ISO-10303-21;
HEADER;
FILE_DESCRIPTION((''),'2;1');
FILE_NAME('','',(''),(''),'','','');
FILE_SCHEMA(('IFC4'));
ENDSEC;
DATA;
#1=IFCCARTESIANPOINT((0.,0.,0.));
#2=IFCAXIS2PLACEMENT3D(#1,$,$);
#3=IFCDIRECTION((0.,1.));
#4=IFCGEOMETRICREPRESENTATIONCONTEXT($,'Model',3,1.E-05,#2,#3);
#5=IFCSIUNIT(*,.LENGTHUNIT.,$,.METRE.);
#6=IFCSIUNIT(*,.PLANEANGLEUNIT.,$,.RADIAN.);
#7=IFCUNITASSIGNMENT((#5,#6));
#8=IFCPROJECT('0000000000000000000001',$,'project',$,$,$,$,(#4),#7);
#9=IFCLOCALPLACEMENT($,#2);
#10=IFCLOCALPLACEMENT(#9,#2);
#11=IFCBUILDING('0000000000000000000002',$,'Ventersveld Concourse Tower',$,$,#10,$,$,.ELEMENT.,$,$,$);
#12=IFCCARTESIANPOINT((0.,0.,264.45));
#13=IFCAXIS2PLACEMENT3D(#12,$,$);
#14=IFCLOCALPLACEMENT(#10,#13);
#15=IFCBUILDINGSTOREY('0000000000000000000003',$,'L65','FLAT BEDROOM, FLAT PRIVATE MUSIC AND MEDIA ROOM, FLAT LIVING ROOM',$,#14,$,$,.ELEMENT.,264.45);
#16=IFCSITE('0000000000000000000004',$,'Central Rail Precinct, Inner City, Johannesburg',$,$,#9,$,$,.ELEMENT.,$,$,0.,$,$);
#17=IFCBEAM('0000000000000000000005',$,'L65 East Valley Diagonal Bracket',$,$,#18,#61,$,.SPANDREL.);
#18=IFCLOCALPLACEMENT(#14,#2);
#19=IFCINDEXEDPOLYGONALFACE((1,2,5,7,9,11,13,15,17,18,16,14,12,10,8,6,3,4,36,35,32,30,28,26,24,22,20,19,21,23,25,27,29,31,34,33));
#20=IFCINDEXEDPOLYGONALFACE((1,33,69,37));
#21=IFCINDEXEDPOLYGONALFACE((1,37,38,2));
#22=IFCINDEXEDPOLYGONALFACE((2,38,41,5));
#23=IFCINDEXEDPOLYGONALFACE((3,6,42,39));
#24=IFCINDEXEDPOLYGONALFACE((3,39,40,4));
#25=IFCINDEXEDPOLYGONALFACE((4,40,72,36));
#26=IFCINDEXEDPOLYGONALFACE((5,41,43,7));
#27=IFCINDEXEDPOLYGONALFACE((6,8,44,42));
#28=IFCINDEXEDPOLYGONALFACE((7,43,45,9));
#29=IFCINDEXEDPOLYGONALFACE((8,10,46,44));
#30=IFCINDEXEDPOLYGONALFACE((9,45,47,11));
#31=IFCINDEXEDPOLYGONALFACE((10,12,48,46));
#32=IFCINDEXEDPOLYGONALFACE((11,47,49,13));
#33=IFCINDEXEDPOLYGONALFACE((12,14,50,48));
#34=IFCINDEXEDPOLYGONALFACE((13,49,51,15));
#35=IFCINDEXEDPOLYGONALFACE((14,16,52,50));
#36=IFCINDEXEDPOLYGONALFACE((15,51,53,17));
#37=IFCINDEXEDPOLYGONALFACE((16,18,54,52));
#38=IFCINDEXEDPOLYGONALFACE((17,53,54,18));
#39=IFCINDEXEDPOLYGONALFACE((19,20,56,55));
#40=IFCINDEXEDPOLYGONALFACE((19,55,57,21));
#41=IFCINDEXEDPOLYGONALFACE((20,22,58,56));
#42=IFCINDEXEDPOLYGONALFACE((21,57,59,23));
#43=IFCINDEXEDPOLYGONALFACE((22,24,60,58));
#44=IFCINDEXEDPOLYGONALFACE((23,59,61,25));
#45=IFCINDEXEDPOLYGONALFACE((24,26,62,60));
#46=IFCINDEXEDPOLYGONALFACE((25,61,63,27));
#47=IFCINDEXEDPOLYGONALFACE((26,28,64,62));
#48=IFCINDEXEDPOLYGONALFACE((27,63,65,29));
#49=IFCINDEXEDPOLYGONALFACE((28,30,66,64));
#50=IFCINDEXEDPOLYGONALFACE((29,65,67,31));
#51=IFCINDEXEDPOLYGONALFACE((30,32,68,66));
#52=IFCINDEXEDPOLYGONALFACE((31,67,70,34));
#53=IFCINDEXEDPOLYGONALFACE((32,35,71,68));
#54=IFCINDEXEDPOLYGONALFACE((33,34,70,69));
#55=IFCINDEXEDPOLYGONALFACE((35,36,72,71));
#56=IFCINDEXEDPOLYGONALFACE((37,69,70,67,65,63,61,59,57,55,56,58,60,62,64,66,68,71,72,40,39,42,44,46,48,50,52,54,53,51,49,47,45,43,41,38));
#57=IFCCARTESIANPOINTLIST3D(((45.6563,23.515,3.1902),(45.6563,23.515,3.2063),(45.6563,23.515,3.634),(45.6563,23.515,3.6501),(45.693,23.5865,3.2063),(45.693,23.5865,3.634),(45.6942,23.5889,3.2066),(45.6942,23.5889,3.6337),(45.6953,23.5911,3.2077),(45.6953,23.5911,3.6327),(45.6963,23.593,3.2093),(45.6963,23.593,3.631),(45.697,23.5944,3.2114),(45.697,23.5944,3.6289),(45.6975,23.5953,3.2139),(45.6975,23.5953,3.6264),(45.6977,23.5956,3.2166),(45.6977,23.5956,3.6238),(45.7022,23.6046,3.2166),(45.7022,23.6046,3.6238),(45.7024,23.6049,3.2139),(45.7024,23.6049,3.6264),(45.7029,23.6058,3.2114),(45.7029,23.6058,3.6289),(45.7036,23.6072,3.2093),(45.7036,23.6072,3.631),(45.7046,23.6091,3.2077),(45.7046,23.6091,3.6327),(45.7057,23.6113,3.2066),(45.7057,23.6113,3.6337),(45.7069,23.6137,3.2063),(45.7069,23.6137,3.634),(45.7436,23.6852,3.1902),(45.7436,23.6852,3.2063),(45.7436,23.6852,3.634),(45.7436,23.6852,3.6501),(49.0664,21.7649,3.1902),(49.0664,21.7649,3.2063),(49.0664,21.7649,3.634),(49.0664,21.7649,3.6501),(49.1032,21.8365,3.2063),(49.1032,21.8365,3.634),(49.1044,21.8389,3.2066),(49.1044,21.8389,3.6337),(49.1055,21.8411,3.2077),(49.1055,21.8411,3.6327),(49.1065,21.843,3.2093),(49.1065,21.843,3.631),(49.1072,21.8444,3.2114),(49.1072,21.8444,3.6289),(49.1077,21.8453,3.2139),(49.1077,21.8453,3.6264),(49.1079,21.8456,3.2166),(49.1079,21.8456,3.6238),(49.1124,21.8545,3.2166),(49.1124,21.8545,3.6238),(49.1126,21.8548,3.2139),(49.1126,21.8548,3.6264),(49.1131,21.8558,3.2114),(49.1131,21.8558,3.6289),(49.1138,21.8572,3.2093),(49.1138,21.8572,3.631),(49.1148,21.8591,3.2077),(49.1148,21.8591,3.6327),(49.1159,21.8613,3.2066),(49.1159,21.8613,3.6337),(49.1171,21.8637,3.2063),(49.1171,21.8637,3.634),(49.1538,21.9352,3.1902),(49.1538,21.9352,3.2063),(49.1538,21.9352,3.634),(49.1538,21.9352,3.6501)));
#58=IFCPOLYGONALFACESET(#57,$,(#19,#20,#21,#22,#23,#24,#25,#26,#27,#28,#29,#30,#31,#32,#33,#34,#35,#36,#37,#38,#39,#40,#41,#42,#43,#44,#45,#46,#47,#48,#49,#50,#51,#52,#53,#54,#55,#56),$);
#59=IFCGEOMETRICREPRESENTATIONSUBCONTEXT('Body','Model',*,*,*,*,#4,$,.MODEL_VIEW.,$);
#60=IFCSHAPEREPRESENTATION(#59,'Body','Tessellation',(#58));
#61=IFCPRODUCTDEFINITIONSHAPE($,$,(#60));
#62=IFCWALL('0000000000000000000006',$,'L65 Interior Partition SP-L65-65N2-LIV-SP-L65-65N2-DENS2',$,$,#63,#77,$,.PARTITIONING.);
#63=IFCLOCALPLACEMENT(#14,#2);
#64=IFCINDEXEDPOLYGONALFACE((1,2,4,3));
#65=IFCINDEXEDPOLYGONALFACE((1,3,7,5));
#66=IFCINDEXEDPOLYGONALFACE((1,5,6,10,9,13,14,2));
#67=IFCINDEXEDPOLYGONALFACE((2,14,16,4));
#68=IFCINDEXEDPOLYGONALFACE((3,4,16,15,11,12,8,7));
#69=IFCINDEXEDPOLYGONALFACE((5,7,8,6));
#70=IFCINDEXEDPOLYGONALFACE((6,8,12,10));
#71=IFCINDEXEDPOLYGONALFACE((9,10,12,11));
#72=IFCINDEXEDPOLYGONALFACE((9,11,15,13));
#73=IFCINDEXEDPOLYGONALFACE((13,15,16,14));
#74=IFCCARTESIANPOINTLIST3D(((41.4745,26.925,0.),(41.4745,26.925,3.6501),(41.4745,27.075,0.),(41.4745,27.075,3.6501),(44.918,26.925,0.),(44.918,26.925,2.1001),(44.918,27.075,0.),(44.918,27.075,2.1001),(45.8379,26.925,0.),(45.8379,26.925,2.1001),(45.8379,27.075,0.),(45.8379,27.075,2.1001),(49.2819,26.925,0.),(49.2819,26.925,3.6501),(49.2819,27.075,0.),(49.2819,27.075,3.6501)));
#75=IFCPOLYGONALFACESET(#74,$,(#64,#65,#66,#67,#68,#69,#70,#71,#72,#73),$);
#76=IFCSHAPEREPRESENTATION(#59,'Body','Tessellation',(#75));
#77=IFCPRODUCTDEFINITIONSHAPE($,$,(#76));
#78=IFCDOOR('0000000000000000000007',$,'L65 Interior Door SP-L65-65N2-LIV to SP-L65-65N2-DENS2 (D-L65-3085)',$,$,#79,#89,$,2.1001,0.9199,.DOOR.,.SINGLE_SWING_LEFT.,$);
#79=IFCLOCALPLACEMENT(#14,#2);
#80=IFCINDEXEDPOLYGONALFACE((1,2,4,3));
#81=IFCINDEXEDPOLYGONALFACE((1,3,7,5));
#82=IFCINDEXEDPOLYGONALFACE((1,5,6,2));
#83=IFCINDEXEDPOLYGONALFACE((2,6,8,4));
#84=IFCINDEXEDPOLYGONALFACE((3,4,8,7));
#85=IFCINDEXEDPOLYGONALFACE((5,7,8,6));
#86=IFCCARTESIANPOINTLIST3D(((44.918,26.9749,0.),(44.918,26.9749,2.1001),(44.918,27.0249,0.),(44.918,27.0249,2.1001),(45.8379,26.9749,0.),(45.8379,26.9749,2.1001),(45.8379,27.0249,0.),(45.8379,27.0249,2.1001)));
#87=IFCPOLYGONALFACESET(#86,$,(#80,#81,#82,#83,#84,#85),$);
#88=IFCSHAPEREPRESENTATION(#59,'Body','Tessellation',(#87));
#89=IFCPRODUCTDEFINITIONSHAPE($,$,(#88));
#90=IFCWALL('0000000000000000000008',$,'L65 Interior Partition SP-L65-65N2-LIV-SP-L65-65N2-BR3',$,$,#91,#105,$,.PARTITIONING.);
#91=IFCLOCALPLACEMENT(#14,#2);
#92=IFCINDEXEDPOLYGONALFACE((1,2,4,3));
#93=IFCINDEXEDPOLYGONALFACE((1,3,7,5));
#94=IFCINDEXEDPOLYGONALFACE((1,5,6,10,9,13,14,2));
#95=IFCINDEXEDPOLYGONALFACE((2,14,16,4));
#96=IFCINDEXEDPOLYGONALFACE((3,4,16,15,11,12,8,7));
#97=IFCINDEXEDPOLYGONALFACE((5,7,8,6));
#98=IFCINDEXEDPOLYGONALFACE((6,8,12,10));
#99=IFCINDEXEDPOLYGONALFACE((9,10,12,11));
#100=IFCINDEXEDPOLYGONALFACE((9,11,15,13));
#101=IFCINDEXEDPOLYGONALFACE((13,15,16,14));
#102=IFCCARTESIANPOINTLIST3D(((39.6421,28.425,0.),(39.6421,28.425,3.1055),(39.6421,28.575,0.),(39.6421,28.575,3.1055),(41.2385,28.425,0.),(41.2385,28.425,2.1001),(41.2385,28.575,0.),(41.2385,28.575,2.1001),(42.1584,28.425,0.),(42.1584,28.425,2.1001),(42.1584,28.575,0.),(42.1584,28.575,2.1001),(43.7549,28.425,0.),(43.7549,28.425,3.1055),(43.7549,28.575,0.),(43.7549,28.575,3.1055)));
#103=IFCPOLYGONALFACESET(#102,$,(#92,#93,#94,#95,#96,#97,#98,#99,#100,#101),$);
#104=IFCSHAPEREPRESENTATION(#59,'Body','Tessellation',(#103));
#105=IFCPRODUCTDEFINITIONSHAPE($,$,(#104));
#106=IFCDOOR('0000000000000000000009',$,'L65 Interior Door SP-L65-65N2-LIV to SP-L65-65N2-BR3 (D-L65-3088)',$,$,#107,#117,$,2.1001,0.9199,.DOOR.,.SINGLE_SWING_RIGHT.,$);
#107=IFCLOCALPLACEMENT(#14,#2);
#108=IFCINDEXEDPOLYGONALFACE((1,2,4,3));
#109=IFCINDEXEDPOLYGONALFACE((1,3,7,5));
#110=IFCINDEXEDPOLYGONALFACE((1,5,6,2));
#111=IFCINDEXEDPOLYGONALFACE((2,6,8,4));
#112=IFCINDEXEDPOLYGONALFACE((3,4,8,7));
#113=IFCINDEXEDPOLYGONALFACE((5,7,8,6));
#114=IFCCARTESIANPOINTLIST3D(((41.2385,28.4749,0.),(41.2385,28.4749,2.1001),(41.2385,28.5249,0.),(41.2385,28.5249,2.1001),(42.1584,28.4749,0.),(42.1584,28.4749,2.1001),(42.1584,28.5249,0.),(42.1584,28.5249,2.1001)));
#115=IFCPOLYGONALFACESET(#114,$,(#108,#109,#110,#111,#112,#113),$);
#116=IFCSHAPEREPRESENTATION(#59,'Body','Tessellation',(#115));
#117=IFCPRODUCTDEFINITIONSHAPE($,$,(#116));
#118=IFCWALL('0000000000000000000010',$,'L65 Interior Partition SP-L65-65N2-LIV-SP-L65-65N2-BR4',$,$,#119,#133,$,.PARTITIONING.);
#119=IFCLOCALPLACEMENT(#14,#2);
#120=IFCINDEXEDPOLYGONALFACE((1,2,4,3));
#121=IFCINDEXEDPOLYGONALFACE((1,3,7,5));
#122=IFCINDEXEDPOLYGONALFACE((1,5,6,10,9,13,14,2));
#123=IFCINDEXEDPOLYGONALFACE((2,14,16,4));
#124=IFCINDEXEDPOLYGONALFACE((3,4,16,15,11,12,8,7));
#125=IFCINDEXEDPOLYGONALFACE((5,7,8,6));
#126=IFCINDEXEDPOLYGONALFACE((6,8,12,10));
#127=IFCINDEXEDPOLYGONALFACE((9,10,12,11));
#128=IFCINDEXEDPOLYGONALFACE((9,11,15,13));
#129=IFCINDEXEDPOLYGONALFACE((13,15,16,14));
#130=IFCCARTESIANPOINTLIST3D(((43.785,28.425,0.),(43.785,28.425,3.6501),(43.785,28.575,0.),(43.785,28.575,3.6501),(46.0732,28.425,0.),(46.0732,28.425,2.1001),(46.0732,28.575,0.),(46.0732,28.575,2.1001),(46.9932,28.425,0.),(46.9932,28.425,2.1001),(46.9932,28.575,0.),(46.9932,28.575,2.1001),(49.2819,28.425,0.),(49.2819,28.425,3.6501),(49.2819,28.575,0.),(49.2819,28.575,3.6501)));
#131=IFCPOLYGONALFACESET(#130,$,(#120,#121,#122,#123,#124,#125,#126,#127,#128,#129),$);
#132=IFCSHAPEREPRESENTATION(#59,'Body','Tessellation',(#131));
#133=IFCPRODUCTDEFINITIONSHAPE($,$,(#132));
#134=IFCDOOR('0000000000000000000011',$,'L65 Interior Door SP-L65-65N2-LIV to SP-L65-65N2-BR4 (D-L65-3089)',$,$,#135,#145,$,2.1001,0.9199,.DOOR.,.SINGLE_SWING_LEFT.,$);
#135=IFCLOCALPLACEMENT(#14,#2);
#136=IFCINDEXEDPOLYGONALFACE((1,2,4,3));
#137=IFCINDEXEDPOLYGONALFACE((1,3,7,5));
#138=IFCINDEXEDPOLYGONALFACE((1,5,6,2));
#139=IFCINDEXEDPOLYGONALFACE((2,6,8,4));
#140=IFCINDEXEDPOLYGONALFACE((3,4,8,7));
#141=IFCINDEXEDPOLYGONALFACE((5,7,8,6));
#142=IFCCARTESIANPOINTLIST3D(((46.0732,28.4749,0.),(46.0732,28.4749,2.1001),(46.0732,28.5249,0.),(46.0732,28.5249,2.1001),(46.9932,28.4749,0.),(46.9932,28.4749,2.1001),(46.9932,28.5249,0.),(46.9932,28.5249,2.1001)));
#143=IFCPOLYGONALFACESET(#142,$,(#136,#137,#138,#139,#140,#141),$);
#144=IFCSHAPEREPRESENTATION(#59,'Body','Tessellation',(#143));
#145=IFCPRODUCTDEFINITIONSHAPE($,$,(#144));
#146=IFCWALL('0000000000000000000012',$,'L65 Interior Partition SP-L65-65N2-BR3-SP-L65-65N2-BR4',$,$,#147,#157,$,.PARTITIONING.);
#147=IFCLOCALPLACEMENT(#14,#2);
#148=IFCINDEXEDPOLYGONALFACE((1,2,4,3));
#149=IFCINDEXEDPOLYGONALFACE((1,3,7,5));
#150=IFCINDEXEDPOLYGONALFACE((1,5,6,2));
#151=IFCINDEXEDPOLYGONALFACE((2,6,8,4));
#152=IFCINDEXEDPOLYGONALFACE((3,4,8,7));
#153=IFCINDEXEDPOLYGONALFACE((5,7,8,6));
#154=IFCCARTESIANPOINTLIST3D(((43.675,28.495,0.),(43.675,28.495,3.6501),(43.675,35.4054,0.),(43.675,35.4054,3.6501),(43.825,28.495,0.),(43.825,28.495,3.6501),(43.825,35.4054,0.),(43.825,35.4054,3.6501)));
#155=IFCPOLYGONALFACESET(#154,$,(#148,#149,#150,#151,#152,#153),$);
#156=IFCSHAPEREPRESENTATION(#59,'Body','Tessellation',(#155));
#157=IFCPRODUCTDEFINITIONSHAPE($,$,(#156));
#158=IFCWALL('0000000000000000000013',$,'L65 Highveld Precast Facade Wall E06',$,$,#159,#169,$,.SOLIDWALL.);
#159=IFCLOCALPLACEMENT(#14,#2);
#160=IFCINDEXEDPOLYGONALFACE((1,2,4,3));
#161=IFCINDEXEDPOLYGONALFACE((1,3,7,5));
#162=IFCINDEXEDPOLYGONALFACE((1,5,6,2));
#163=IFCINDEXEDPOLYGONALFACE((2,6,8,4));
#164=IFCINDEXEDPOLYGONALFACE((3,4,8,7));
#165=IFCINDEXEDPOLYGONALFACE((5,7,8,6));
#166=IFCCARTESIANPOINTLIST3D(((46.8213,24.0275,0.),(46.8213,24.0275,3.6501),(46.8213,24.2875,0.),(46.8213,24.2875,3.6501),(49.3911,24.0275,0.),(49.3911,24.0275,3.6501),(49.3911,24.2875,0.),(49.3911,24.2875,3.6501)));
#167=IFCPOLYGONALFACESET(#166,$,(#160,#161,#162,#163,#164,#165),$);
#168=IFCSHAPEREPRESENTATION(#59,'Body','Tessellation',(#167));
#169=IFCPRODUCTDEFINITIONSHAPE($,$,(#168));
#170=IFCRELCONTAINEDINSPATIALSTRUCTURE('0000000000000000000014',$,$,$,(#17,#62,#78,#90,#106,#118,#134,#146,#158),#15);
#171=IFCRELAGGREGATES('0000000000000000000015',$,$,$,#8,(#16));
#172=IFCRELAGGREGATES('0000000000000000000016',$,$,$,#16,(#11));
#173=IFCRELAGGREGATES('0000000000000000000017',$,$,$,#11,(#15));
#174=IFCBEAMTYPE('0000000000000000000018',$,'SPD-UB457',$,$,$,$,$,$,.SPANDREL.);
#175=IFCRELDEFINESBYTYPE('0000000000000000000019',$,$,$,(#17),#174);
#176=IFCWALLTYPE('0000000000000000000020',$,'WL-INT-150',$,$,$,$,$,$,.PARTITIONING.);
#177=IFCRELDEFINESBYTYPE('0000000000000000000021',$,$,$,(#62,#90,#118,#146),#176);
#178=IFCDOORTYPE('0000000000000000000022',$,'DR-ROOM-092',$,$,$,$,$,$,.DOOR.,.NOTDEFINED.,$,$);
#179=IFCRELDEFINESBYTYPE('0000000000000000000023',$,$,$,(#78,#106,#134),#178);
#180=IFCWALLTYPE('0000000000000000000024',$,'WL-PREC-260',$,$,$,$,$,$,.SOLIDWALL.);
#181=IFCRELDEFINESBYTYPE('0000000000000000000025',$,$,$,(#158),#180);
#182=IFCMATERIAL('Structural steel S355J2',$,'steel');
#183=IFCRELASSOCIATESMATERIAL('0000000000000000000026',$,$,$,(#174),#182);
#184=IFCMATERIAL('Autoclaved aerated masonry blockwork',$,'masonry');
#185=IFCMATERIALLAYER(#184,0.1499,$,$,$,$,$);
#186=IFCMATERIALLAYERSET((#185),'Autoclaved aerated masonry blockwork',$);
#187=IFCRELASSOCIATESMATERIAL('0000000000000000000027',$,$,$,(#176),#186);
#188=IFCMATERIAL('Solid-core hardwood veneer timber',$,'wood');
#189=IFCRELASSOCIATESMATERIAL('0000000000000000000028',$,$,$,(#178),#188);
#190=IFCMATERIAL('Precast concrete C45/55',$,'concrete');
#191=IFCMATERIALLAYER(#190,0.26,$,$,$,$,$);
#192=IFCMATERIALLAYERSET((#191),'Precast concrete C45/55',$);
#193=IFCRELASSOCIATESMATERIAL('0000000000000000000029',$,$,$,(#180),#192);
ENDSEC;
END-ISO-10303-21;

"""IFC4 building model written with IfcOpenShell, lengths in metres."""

from ifc_helpers import new_model, si_unit, direction, frame, frame_2d, origin, origin_2d, place, context, subcontext, project, spatial, rectangle, i_section, extrude, material, layer, layer_set, material_profile, profile_set, type_object, element, fill, save


model = new_model("IFC4")

# Units and contexts
model_context = context("Model", 3, precision=1e-05, world=origin(), true_north=direction((0.0, 1.0)))
body_context = subcontext(model_context, "Body", "Model", "MODEL_VIEW")
ifc_project = project(units=[si_unit("LENGTHUNIT", "METRE"), si_unit("PLANEANGLEUNIT", "RADIAN")], contexts=[model_context])

# Site, building, storey
site_placement = place(None, origin())
site = spatial("IfcSite", under=ifc_project, at=site_placement, Name="Central Rail Precinct, Inner City, Johannesburg", CompositionType="ELEMENT", RefElevation=0.0)
building_placement = place(site_placement, origin())
building = spatial("IfcBuilding", under=site, at=building_placement, Name="Ventersveld Concourse Tower", CompositionType="ELEMENT")
storey_placement = place(building_placement, frame((0.0, 0.0, 264.45)))
storey = spatial("IfcBuildingStorey", under=building, at=storey_placement, Name="L65", Description="FLAT BEDROOM, FLAT PRIVATE MUSIC AND MEDIA ROOM, FLAT LIVING ROOM", CompositionType="ELEMENT", Elevation=264.45)

# Beam
ifc_material_1 = material(Name="Structural steel S355J2", Category="steel")
ifc_material_profile_1 = material_profile(ifc_material_1, i_section(OverallWidth=0.1914, OverallDepth=0.46, WebThickness=0.01, FlangeThickness=0.0161, FilletRadius=0.0103, at=origin_2d()), Name="UB 457x191x82")
ifc_profile_set_1 = profile_set([ifc_material_profile_1], Name="Structural steel S355J2")
beam_type_1 = type_object("IfcBeamType", Name="SPD-UB457", PredefinedType="SPANDREL", material=ifc_profile_set_1)
beam_1_placement = place(storey_placement, frame((45.7, 23.6001, 3.4202), z_axis=(0.88969, -0.456565, 0.0), x_axis=(0.456565, 0.88969, 0.0)))
element("IfcBeam", 1, at=beam_1_placement, inside=storey, type_object=beam_type_1, Name="L65 East Valley Diagonal Bracket", PredefinedType="SPANDREL", context=body_context, shape_type="SweptSolid", body=[
    extrude(i_section(OverallWidth=0.1914, OverallDepth=0.46, WebThickness=0.01, FlangeThickness=0.0161, FilletRadius=0.0103, at=origin_2d()), origin(), (0.0, 0.0, 1.0), 3.833),
])

# Walls, openings, doors
ifc_material_2 = material(Name="Autoclaved aerated masonry blockwork", Category="masonry")
ifc_layer_1 = layer(ifc_material_2, 0.1499)
ifc_layer_set_1 = layer_set([ifc_layer_1], Name="Autoclaved aerated masonry blockwork")
wall_type_1 = type_object("IfcWallType", Name="WL-INT-150", PredefinedType="PARTITIONING", material=ifc_layer_set_1)
wall_1_placement = place(storey_placement, frame((41.4744, 27.0, 0.0), z_axis=(0.0, 0.0, 1.0), x_axis=(1.0, 0.0, 0.0)))
wall_1 = element("IfcWall", 2, at=wall_1_placement, inside=storey, type_object=wall_type_1, Name="L65 Interior Partition SP-L65-65N2-LIV-SP-L65-65N2-DENS2", PredefinedType="PARTITIONING", context=body_context, shape_type="SweptSolid", body=[
    extrude(rectangle(XDim=7.8074, YDim=0.1499, at=frame_2d((3.9038, 0.0))), origin(), (0.0, 0.0, 1.0), 3.6501),
])
opening_1_placement = place(wall_1_placement, frame((3.4436, 0.0, 0.0)))
opening_1 = element("IfcOpeningElement", 3, at=opening_1_placement, cuts=wall_1, PredefinedType="OPENING", context=body_context, shape_type="SweptSolid", body=[
    extrude(rectangle(XDim=0.9199, YDim=2.1001, at=frame_2d((0.46, 1.05))), frame((0.0, 0.085, 0.0), z_axis=(0.0, -1.0, 0.0), x_axis=(1.0, 0.0, 0.0)), (0.0, 0.0, 1.0), 0.1699),
])
ifc_material_3 = material(Name="Solid-core hardwood veneer timber", Category="wood")
door_type = type_object("IfcDoorType", Name="DR-ROOM-092", OperationType="NOTDEFINED", PredefinedType="DOOR", material=ifc_material_3)
door_1_placement = place(opening_1_placement, origin())
door_1 = element("IfcDoor", 4, at=door_1_placement, inside=storey, type_object=door_type, Name="L65 Interior Door SP-L65-65N2-LIV to SP-L65-65N2-DENS2 (D-L65-3085)", OperationType="SINGLE_SWING_LEFT", OverallHeight=2.1001, OverallWidth=0.9199, PredefinedType="DOOR", context=body_context, shape_type="SweptSolid", body=[
    extrude(rectangle(XDim=0.9199, YDim=2.1001, at=frame_2d((0.46, 1.05))), frame((0.0, 0.0249, 0.0), z_axis=(0.0, -1.0, 0.0), x_axis=(1.0, 0.0, 0.0)), (0.0, 0.0, 1.0), 0.05),
])
fill(opening_1, door_1)
wall_2_placement = place(storey_placement, frame((39.6421, 28.5, 0.0), z_axis=(0.0, 0.0, 1.0), x_axis=(1.0, 0.0, 0.0)))
wall_2 = element("IfcWall", 5, at=wall_2_placement, inside=storey, type_object=wall_type_1, Name="L65 Interior Partition SP-L65-65N2-LIV-SP-L65-65N2-BR3", PredefinedType="PARTITIONING", context=body_context, shape_type="SweptSolid", body=[
    extrude(rectangle(XDim=4.1128, YDim=0.1499, at=frame_2d((2.0564, 0.0))), origin(), (0.0, 0.0, 1.0), 3.1055),
])
opening_2_placement = place(wall_2_placement, frame((1.5964, 0.0, 0.0)))
opening_2 = element("IfcOpeningElement", 6, at=opening_2_placement, cuts=wall_2, PredefinedType="OPENING", context=body_context, shape_type="SweptSolid", body=[
    extrude(rectangle(XDim=0.9199, YDim=2.1001, at=frame_2d((0.46, 1.05))), frame((0.0, 0.085, 0.0), z_axis=(0.0, -1.0, 0.0), x_axis=(1.0, 0.0, 0.0)), (0.0, 0.0, 1.0), 0.1699),
])
door_2_placement = place(opening_2_placement, origin())
door_2 = element("IfcDoor", 7, at=door_2_placement, inside=storey, type_object=door_type, Name="L65 Interior Door SP-L65-65N2-LIV to SP-L65-65N2-BR3 (D-L65-3088)", OperationType="SINGLE_SWING_RIGHT", OverallHeight=2.1001, OverallWidth=0.9199, PredefinedType="DOOR", context=body_context, shape_type="SweptSolid", body=[
    extrude(rectangle(XDim=0.9199, YDim=2.1001, at=frame_2d((0.46, 1.05))), frame((0.0, 0.0249, 0.0), z_axis=(0.0, -1.0, 0.0), x_axis=(1.0, 0.0, 0.0)), (0.0, 0.0, 1.0), 0.05),
])
fill(opening_2, door_2)
wall_3_placement = place(storey_placement, frame((43.7849, 28.5, 0.0), z_axis=(0.0, 0.0, 1.0), x_axis=(1.0, 0.0, 0.0)))
wall_3 = element("IfcWall", 8, at=wall_3_placement, inside=storey, type_object=wall_type_1, Name="L65 Interior Partition SP-L65-65N2-LIV-SP-L65-65N2-BR4", PredefinedType="PARTITIONING", context=body_context, shape_type="SweptSolid", body=[
    extrude(rectangle(XDim=5.4968, YDim=0.1499, at=frame_2d((2.7485, 0.0))), origin(), (0.0, 0.0, 1.0), 3.6501),
])
opening_3_placement = place(wall_3_placement, frame((2.2883, 0.0, 0.0)))
opening_3 = element("IfcOpeningElement", 9, at=opening_3_placement, cuts=wall_3, PredefinedType="OPENING", context=body_context, shape_type="SweptSolid", body=[
    extrude(rectangle(XDim=0.9199, YDim=2.1001, at=frame_2d((0.46, 1.05))), frame((0.0, 0.085, 0.0), z_axis=(0.0, -1.0, 0.0), x_axis=(1.0, 0.0, 0.0)), (0.0, 0.0, 1.0), 0.1699),
])
door_3_placement = place(opening_3_placement, origin())
door_3 = element("IfcDoor", 10, at=door_3_placement, inside=storey, type_object=door_type, Name="L65 Interior Door SP-L65-65N2-LIV to SP-L65-65N2-BR4 (D-L65-3089)", OperationType="SINGLE_SWING_LEFT", OverallHeight=2.1001, OverallWidth=0.9199, PredefinedType="DOOR", context=body_context, shape_type="SweptSolid", body=[
    extrude(rectangle(XDim=0.9199, YDim=2.1001, at=frame_2d((0.46, 1.05))), frame((0.0, 0.0249, 0.0), z_axis=(0.0, -1.0, 0.0), x_axis=(1.0, 0.0, 0.0)), (0.0, 0.0, 1.0), 0.05),
])
fill(opening_3, door_3)

# Walls
wall_4_placement = place(storey_placement, frame((43.75, 28.4951, 0.0), z_axis=(0.0, 0.0, 1.0), x_axis=(0.0, 1.0, 0.0)))
element("IfcWall", 11, at=wall_4_placement, inside=storey, type_object=wall_type_1, Name="L65 Interior Partition SP-L65-65N2-BR3-SP-L65-65N2-BR4", PredefinedType="PARTITIONING", context=body_context, shape_type="SweptSolid", body=[
    extrude(rectangle(XDim=6.9104, YDim=0.1499, at=frame_2d((3.4551, 0.0))), origin(), (0.0, 0.0, 1.0), 3.6501),
])
ifc_material_4 = material(Name="Precast concrete C45/55", Category="concrete")
ifc_layer_2 = layer(ifc_material_4, 0.26)
ifc_layer_set_2 = layer_set([ifc_layer_2], Name="Precast concrete C45/55")
wall_type_2 = type_object("IfcWallType", Name="WL-PREC-260", PredefinedType="SOLIDWALL", material=ifc_layer_set_2)
wall_5_placement = place(storey_placement, frame((46.8213, 24.1575, 0.0), z_axis=(0.0, 0.0, 1.0), x_axis=(1.0, 0.0, 0.0)))
element("IfcWall", 12, at=wall_5_placement, inside=storey, type_object=wall_type_2, Name="L65 Highveld Precast Facade Wall E06", PredefinedType="SOLIDWALL", context=body_context, shape_type="SweptSolid", body=[
    extrude(rectangle(XDim=2.5698, YDim=0.26, at=frame_2d((1.2849, 0.0))), origin(), (0.0, 0.0, 1.0), 3.6501),
])

save(model, "model.ifc")
